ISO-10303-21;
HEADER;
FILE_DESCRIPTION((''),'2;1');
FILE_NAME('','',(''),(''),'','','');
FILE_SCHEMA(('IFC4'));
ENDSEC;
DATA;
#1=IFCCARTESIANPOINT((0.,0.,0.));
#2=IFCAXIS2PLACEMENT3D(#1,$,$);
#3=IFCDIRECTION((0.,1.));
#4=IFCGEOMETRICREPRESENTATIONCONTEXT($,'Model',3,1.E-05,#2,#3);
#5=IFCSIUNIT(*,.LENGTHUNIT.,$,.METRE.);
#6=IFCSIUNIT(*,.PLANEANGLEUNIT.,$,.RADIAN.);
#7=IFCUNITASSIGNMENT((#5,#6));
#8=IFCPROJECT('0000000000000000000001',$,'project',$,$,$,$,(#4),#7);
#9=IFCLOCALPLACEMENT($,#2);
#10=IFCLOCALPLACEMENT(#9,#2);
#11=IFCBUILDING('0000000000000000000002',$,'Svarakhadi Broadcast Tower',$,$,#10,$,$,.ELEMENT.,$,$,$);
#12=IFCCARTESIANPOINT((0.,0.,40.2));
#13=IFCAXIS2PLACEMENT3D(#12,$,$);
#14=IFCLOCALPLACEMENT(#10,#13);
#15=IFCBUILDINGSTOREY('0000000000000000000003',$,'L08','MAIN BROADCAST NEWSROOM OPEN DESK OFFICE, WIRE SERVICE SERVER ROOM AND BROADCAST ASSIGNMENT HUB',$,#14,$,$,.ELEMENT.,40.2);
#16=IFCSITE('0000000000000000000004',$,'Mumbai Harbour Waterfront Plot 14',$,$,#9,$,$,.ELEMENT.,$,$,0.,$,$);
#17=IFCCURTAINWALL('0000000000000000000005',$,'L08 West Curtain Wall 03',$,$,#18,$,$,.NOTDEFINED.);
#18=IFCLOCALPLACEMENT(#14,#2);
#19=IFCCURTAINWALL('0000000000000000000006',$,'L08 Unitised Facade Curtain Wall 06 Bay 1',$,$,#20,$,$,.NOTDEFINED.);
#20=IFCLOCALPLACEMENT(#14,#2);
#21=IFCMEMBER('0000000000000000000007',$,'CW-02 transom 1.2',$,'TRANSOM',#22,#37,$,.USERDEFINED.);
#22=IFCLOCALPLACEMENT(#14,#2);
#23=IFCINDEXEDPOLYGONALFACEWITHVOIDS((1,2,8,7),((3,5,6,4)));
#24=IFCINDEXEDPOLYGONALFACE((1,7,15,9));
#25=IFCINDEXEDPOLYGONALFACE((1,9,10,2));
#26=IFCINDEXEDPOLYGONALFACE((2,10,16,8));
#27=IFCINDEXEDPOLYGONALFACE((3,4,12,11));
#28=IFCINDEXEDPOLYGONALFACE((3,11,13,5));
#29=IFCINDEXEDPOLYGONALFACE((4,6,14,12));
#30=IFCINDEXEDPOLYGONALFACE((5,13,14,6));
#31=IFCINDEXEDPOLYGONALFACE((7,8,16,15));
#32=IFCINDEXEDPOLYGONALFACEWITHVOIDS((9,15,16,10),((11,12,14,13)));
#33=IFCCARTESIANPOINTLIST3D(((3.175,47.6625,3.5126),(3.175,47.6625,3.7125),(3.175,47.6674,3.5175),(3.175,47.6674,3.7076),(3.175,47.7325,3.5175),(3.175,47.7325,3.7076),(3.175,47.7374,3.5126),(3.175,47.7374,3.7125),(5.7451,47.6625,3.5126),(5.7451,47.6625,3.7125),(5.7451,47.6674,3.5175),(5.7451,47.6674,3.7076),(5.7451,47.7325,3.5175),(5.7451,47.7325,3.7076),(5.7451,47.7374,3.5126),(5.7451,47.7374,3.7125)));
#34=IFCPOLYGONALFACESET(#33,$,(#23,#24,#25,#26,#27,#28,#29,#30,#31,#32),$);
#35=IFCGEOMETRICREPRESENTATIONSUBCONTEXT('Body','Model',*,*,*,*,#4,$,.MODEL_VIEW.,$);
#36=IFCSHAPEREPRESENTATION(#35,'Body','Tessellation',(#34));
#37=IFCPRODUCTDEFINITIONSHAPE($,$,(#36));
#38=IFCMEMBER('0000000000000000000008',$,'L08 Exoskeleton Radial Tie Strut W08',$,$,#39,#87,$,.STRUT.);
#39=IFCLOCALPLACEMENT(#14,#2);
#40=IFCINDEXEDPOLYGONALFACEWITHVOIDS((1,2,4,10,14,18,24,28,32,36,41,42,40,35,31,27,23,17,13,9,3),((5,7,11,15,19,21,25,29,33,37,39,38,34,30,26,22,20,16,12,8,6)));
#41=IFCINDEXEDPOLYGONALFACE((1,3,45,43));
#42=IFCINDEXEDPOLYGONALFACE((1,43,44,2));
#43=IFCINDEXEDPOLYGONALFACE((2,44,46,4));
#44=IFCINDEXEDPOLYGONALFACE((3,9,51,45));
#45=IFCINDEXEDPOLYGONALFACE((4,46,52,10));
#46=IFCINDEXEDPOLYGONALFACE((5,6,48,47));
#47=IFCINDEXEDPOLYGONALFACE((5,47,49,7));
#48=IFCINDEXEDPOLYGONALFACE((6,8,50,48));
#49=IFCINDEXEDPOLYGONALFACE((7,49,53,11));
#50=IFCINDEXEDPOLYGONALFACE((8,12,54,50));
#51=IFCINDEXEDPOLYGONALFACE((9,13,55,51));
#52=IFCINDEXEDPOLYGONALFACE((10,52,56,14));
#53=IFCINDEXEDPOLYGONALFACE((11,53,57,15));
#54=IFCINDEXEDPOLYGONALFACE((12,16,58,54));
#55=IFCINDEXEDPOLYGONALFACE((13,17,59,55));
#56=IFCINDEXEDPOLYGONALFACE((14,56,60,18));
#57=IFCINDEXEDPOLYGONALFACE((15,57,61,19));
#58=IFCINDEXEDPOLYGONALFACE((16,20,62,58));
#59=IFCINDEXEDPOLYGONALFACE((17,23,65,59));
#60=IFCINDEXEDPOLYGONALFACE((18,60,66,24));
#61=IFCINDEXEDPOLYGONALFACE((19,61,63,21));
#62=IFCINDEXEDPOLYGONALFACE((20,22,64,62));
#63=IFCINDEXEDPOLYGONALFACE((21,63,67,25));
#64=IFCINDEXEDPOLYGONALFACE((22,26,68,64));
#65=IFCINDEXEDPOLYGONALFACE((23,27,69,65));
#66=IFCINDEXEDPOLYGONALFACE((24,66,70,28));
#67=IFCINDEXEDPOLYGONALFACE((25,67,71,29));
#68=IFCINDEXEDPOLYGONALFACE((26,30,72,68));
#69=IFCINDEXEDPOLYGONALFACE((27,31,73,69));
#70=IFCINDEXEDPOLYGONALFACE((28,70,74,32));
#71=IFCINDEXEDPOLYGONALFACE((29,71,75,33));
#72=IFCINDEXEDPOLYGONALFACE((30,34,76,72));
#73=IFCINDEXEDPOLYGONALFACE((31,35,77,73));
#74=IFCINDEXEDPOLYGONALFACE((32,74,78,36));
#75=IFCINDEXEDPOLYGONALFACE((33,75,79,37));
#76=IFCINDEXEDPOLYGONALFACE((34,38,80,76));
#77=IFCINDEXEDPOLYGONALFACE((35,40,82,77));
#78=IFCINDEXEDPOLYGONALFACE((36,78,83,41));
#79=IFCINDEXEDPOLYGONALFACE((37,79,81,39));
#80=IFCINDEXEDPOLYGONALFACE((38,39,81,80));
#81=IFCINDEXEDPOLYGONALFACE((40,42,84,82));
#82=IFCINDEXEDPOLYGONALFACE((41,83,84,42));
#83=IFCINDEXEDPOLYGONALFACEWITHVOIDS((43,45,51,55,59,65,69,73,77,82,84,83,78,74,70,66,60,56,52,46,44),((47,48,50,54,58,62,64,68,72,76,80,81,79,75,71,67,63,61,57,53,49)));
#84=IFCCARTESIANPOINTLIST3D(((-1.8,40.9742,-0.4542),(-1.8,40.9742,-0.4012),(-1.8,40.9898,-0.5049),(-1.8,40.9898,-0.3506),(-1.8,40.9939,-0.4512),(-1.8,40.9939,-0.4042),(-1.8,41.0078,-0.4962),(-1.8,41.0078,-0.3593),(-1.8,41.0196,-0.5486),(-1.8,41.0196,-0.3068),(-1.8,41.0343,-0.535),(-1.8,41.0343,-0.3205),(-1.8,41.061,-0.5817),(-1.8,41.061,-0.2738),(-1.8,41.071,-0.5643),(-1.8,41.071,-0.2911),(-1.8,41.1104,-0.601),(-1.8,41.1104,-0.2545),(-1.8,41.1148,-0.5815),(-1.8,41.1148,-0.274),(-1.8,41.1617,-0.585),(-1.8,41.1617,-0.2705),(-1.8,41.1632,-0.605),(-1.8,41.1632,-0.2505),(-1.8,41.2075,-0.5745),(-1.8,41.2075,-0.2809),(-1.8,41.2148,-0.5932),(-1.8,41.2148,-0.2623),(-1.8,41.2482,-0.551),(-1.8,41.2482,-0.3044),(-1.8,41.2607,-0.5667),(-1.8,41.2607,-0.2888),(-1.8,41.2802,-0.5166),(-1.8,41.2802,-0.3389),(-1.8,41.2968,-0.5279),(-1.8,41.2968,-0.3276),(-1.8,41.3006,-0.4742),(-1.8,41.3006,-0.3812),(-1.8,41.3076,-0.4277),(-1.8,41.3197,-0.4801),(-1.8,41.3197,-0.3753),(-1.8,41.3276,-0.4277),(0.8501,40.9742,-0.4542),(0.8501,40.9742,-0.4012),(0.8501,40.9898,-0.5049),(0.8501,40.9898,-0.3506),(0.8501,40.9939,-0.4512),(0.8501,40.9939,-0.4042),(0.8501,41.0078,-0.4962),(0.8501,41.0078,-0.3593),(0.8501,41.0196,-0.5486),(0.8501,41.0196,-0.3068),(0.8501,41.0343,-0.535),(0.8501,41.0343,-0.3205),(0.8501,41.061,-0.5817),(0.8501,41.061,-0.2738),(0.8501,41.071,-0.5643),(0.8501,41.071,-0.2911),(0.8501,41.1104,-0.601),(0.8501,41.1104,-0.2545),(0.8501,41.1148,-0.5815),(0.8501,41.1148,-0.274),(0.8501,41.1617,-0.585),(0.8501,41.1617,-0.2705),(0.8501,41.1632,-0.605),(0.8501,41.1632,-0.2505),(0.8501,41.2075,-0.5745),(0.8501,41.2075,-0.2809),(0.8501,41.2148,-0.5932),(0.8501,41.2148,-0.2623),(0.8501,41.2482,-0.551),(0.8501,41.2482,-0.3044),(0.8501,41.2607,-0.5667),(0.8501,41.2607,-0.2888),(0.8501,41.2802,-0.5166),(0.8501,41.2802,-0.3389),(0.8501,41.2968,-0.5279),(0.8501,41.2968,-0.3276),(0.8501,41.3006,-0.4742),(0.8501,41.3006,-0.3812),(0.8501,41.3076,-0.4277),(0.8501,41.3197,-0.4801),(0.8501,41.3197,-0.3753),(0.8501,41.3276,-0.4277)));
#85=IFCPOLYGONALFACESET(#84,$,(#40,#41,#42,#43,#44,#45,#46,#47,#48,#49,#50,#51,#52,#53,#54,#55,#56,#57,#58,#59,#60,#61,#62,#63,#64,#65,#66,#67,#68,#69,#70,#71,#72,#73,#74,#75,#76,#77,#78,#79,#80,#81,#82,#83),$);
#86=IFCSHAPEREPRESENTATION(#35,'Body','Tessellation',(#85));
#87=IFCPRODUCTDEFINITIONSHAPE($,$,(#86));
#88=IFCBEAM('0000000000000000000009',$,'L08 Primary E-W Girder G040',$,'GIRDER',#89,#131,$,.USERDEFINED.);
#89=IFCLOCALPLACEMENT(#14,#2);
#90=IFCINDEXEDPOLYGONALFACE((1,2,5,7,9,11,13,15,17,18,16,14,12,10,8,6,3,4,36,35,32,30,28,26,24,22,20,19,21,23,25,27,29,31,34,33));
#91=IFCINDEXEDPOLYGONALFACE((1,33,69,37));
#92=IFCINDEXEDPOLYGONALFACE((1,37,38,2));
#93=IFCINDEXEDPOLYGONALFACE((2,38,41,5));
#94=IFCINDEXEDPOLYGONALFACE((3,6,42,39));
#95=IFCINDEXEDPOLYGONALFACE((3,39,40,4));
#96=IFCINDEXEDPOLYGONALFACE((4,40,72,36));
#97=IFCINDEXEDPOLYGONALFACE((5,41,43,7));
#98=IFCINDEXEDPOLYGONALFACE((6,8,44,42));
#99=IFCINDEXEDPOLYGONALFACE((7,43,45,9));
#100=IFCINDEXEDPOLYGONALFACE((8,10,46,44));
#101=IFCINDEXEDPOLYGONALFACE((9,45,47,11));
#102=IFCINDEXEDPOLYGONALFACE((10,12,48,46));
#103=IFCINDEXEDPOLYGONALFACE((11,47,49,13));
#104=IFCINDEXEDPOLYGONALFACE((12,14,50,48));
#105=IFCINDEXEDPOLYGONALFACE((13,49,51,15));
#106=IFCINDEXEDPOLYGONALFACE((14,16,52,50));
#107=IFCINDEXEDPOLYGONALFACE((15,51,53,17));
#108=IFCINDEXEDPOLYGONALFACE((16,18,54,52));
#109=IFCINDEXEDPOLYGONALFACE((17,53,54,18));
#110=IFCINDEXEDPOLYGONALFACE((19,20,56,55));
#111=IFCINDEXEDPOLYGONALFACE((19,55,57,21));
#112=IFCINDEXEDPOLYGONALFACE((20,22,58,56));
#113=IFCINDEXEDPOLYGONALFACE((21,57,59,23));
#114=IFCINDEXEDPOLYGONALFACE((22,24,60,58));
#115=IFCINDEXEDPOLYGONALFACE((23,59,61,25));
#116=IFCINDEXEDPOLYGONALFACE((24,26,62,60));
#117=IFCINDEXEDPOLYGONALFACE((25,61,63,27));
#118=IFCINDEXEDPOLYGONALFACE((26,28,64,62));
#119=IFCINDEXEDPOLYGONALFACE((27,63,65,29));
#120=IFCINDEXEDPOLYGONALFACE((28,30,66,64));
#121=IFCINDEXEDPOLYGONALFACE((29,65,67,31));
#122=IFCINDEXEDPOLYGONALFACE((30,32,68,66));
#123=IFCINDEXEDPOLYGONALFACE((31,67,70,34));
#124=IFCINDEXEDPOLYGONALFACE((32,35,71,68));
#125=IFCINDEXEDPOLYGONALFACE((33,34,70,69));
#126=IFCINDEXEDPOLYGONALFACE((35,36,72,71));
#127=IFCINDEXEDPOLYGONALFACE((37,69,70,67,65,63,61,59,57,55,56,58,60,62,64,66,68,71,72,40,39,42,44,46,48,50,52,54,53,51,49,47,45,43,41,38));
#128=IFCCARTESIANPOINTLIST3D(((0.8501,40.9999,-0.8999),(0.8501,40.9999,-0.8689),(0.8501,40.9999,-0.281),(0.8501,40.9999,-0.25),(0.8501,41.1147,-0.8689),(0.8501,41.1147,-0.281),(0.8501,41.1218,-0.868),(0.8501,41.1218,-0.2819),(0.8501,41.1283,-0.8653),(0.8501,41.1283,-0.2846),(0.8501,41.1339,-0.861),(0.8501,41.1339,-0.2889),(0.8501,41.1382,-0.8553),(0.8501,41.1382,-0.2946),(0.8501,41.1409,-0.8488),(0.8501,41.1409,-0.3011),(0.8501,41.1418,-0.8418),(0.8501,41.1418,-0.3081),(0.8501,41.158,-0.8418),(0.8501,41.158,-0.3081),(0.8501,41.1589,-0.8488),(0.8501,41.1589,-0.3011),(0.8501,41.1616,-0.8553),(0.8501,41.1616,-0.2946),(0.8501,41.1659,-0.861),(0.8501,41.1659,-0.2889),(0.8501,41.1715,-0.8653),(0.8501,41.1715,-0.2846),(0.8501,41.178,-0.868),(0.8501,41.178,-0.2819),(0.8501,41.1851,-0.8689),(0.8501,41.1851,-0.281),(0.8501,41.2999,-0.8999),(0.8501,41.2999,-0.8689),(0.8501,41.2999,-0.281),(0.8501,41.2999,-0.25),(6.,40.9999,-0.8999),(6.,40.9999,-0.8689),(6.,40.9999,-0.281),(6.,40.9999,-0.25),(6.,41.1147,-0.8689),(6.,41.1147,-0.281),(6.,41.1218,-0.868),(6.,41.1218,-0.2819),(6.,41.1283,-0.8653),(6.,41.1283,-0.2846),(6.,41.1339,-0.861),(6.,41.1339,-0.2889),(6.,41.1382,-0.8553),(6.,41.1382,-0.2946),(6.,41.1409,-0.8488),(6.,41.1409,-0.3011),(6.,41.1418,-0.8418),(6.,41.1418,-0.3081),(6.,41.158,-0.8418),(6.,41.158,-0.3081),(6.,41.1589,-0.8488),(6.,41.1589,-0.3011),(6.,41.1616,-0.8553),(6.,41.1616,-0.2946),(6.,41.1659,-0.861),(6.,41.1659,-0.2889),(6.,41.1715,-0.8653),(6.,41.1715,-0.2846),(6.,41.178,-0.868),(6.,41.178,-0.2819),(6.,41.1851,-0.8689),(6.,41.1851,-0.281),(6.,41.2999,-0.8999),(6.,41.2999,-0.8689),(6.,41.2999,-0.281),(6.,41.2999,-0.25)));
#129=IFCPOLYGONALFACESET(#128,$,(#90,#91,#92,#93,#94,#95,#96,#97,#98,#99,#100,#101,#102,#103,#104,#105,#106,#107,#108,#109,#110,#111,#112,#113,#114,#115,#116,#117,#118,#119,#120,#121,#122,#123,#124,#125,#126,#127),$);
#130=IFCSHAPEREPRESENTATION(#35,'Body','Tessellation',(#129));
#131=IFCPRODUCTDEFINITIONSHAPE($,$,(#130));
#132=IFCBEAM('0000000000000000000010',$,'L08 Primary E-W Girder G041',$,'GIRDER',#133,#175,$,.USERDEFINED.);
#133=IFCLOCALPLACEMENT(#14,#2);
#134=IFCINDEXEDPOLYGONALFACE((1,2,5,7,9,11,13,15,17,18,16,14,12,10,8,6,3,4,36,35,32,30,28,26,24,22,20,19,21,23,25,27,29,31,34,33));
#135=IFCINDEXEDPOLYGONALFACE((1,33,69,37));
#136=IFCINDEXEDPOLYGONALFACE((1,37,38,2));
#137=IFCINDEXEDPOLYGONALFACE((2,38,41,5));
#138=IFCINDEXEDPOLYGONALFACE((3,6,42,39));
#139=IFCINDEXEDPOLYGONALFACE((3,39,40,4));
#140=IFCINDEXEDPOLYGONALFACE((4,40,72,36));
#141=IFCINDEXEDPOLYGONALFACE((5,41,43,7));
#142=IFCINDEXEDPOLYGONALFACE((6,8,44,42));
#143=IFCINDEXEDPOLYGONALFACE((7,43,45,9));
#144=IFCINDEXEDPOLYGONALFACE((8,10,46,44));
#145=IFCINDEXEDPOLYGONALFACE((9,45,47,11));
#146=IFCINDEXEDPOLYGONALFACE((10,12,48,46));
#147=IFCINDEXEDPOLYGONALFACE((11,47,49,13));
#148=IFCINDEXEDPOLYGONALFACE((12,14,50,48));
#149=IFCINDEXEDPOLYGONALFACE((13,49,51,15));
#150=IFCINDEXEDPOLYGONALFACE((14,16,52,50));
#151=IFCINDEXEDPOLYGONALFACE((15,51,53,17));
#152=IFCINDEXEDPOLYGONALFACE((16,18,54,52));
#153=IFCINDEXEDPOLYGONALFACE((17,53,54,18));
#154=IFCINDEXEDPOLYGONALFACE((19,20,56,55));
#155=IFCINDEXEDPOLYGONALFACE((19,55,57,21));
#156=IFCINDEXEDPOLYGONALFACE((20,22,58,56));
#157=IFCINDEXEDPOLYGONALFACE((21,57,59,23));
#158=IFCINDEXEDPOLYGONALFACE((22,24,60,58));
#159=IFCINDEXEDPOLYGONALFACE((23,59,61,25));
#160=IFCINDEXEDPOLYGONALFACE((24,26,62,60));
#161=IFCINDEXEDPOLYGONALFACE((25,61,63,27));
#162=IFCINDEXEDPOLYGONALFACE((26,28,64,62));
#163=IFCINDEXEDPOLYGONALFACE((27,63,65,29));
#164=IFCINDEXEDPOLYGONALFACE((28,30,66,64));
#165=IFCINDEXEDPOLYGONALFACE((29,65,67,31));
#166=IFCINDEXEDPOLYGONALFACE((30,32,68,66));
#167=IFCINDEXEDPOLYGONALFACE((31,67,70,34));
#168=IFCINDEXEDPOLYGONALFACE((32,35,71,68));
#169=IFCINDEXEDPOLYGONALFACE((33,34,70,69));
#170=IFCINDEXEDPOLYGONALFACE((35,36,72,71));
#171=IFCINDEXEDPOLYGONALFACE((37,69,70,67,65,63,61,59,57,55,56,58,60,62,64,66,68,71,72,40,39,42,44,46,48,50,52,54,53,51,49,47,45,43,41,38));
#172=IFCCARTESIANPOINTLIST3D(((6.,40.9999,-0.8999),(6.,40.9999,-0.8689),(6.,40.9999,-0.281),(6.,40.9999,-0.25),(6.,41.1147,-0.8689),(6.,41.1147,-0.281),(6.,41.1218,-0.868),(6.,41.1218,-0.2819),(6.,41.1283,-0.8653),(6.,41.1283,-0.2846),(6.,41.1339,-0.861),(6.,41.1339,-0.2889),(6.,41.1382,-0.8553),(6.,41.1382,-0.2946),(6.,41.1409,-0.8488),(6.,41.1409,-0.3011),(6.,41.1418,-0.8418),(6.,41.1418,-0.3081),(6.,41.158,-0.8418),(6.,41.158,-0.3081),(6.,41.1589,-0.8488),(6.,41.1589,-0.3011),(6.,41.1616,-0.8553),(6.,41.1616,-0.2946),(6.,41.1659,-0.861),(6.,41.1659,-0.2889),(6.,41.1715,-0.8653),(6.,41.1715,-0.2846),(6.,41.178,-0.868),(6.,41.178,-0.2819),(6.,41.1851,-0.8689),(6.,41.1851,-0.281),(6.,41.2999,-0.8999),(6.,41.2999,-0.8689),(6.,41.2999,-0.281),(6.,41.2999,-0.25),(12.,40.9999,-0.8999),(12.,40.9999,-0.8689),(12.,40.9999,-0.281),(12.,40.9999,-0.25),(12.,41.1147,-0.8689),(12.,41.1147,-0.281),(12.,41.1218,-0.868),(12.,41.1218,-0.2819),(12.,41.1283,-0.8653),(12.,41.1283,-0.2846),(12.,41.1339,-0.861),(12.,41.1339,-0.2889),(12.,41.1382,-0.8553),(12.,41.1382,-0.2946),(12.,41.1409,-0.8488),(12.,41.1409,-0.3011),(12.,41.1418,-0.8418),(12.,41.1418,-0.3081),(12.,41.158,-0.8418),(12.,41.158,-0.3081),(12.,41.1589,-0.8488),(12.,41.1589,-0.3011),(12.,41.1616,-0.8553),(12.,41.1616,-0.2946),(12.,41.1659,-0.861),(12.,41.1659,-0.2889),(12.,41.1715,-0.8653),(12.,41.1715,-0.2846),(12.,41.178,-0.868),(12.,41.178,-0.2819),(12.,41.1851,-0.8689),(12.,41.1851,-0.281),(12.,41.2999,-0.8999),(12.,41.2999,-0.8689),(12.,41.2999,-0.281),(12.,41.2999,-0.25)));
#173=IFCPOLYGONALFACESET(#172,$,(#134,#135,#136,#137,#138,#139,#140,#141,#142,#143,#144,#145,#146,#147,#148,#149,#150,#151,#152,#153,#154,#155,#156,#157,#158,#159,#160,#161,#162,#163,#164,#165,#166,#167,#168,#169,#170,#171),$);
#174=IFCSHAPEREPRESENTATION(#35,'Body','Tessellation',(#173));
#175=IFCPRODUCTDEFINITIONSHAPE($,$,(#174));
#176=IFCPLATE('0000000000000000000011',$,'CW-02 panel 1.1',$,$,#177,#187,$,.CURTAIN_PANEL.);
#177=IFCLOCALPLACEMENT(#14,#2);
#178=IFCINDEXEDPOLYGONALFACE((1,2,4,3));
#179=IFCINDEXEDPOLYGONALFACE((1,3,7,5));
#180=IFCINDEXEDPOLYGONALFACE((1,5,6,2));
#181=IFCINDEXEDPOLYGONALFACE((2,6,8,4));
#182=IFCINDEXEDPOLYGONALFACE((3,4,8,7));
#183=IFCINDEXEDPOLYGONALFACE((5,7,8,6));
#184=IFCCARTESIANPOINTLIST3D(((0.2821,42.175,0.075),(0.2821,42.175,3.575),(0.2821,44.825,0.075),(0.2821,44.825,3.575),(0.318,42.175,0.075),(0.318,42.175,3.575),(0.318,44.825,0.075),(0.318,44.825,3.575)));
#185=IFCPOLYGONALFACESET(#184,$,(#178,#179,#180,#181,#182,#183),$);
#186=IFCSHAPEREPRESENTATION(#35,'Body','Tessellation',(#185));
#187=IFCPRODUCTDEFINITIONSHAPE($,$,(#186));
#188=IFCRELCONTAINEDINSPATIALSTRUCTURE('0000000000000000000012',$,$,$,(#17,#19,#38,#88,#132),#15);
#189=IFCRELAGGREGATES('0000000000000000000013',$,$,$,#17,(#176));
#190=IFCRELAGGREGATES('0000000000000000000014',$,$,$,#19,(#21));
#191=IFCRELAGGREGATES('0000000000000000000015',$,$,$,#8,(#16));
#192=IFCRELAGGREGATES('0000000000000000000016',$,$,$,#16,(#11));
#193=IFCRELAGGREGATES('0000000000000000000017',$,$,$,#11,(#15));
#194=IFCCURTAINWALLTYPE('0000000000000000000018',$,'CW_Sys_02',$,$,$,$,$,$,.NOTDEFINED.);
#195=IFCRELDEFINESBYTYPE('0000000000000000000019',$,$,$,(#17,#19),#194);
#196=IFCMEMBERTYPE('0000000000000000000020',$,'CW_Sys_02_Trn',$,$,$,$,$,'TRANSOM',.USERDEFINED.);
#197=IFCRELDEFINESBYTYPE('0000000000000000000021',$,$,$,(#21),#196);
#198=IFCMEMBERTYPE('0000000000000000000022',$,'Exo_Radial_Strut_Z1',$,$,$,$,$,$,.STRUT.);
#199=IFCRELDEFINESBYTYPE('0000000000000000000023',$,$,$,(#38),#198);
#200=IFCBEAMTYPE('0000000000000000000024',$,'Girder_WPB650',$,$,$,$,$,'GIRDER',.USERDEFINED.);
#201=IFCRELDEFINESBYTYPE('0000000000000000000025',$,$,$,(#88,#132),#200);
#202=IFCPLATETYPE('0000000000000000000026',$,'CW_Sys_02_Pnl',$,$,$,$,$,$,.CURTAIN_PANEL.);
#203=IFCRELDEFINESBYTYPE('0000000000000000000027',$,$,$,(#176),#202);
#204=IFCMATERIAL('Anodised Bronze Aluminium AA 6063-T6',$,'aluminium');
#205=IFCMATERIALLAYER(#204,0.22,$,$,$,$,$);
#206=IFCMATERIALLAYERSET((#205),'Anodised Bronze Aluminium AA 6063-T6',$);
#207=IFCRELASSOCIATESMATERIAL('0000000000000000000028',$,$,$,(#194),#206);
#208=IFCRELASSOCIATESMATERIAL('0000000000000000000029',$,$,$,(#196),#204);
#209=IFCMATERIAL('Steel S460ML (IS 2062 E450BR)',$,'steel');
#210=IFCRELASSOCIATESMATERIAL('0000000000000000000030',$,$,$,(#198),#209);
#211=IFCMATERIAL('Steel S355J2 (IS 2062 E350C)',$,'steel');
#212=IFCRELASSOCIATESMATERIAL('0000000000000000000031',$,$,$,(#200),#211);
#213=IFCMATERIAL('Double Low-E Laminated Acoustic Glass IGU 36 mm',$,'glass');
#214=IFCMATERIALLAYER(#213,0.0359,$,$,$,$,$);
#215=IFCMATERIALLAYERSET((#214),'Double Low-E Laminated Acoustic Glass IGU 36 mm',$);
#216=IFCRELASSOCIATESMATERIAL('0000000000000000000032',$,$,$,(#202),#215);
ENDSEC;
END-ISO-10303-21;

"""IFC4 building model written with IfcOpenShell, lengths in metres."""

from ifc_helpers import new_model, si_unit, direction, frame, origin, origin_2d, place, context, subcontext, project, spatial, rectangle, hollow_rectangle, hollow_circle, i_section, extrude, material, layer, layer_set, material_profile, profile_set, type_object, element, aggregate, save


model = new_model("IFC4")

# Units and contexts
model_context = context("Model", 3, precision=1e-05, world=origin(), true_north=direction((0.0, 1.0)))
body_context = subcontext(model_context, "Body", "Model", "MODEL_VIEW")
ifc_project = project(units=[si_unit("LENGTHUNIT", "METRE"), si_unit("PLANEANGLEUNIT", "RADIAN")], contexts=[model_context])

# Site, building, storey
site_placement = place(None, origin())
site = spatial("IfcSite", under=ifc_project, at=site_placement, Name="Mumbai Harbour Waterfront Plot 14", CompositionType="ELEMENT", RefElevation=0.0)
building_placement = place(site_placement, origin())
building = spatial("IfcBuilding", under=site, at=building_placement, Name="Svarakhadi Broadcast Tower", CompositionType="ELEMENT")
storey_placement = place(building_placement, frame((0.0, 0.0, 40.2)))
storey = spatial("IfcBuildingStorey", under=building, at=storey_placement, Name="L08", Description="MAIN BROADCAST NEWSROOM OPEN DESK OFFICE, WIRE SERVICE SERVER ROOM AND BROADCAST ASSIGNMENT HUB", CompositionType="ELEMENT", Elevation=40.2)

# Shared definitions
ifc_material_1 = material(Name="Steel S460ML (IS 2062 E450BR)", Category="steel")

# Shared definitions
ifc_material_2 = material(Name="Steel S355J2 (IS 2062 E350C)", Category="steel")

# Curtain walls
ifc_material_3 = material(Name="Anodised Bronze Aluminium AA 6063-T6", Category="aluminium")
ifc_layer_1 = layer(ifc_material_3, 0.22)
ifc_layer_set_1 = layer_set([ifc_layer_1], Name="Anodised Bronze Aluminium AA 6063-T6")
curtain_wall_type = type_object("IfcCurtainWallType", Name="CW_Sys_02", PredefinedType="NOTDEFINED", material=ifc_layer_set_1)
curtain_wall_1_placement = place(storey_placement, origin())
curtain_wall_1 = element("IfcCurtainWall", 1, at=curtain_wall_1_placement, inside=storey, type_object=curtain_wall_type, Name="L08 West Curtain Wall 03", PredefinedType="NOTDEFINED")
curtain_wall_2_placement = place(storey_placement, origin())
curtain_wall_2 = element("IfcCurtainWall", 2, at=curtain_wall_2_placement, inside=storey, type_object=curtain_wall_type, Name="L08 Unitised Facade Curtain Wall 06 Bay 1", PredefinedType="NOTDEFINED")

# Members
ifc_material_profile_1 = material_profile(ifc_material_3, hollow_rectangle(XDim=0.075, YDim=0.2, WallThickness=0.0049, at=origin_2d()), Name="ALU TRANSOM 200x75x5")
ifc_profile_set_1 = profile_set([ifc_material_profile_1], Name="Anodised Bronze Aluminium AA 6063-T6")
member_type_1 = type_object("IfcMemberType", Name="CW_Sys_02_Trn", ElementType="TRANSOM", PredefinedType="USERDEFINED", material=ifc_profile_set_1)
member_1_placement = place(storey_placement, frame((3.175, 47.7, 3.6125), z_axis=(1.0, 0.0, 0.0), x_axis=(0.0, 1.0, 0.0)))
member_1 = element("IfcMember", 3, at=member_1_placement, type_object=member_type_1, Name="CW-02 transom 1.2", ObjectType="TRANSOM", PredefinedType="USERDEFINED", context=body_context, shape_type="SweptSolid", body=[
    extrude(hollow_rectangle(XDim=0.075, YDim=0.2, WallThickness=0.0049, at=origin_2d()), origin(), (0.0, 0.0, 1.0), 2.5701),
])
ifc_material_profile_2 = material_profile(ifc_material_1, hollow_circle(Radius=0.1777, WallThickness=0.02, at=origin_2d()), Name="CHS 355.6x20")
ifc_profile_set_2 = profile_set([ifc_material_profile_2], Name="Steel S460ML (IS 2062 E450BR)")
member_type_2 = type_object("IfcMemberType", Name="Exo_Radial_Strut_Z1", PredefinedType="STRUT", material=ifc_profile_set_2)
member_2_placement = place(storey_placement, frame((-1.8, 41.1499, -0.4277), z_axis=(1.0, 0.0, 0.0), x_axis=(0.0, 1.0, 0.0)))
element("IfcMember", 4, at=member_2_placement, inside=storey, type_object=member_type_2, Name="L08 Exoskeleton Radial Tie Strut W08", PredefinedType="STRUT", context=body_context, shape_type="SweptSolid", body=[
    extrude(hollow_circle(Radius=0.1777, WallThickness=0.02, at=origin_2d()), origin(), (0.0, 0.0, 1.0), 2.6501),
])

# Beams
ifc_material_profile_3 = material_profile(ifc_material_2, i_section(OverallWidth=0.3, OverallDepth=0.6499, WebThickness=0.0161, FlangeThickness=0.031, FilletRadius=0.0271, at=origin_2d()), Name="WPB 650x300x225")
ifc_profile_set_3 = profile_set([ifc_material_profile_3], Name="Steel S355J2 (IS 2062 E350C)")
beam_type_1 = type_object("IfcBeamType", Name="Girder_WPB650", ElementType="GIRDER", PredefinedType="USERDEFINED", material=ifc_profile_set_3)
beam_1_placement = place(storey_placement, frame((0.8501, 41.1499, -0.575), z_axis=(1.0, 0.0, 0.0), x_axis=(0.0, 1.0, 0.0)))
element("IfcBeam", 5, at=beam_1_placement, inside=storey, type_object=beam_type_1, Name="L08 Primary E-W Girder G040", ObjectType="GIRDER", PredefinedType="USERDEFINED", context=body_context, shape_type="SweptSolid", body=[
    extrude(i_section(OverallWidth=0.3, OverallDepth=0.6499, WebThickness=0.0161, FlangeThickness=0.031, FilletRadius=0.0271, at=origin_2d()), origin(), (0.0, 0.0, 1.0), 5.1499),
])
beam_2_placement = place(storey_placement, frame((6.0, 41.1499, -0.575), z_axis=(1.0, 0.0, 0.0), x_axis=(0.0, 1.0, 0.0)))
element("IfcBeam", 6, at=beam_2_placement, inside=storey, type_object=beam_type_1, Name="L08 Primary E-W Girder G041", ObjectType="GIRDER", PredefinedType="USERDEFINED", context=body_context, shape_type="SweptSolid", body=[
    extrude(i_section(OverallWidth=0.3, OverallDepth=0.6499, WebThickness=0.0161, FlangeThickness=0.031, FilletRadius=0.0271, at=origin_2d()), origin(), (0.0, 0.0, 1.0), 6.0),
])

# Plate
ifc_material_4 = material(Name="Double Low-E Laminated Acoustic Glass IGU 36 mm", Category="glass")
ifc_layer_2 = layer(ifc_material_4, 0.0359)
ifc_layer_set_2 = layer_set([ifc_layer_2], Name="Double Low-E Laminated Acoustic Glass IGU 36 mm")
plate_type_1 = type_object("IfcPlateType", Name="CW_Sys_02_Pnl", PredefinedType="CURTAIN_PANEL", material=ifc_layer_set_2)
plate_1_placement = place(storey_placement, frame((0.3, 43.5, 0.075), z_axis=(0.0, 0.0, 1.0), x_axis=(0.0, 1.0, 0.0)))
plate_1 = element("IfcPlate", 7, at=plate_1_placement, type_object=plate_type_1, Name="CW-02 panel 1.1", PredefinedType="CURTAIN_PANEL", context=body_context, shape_type="SweptSolid", body=[
    extrude(rectangle(XDim=2.6499, YDim=0.0359, at=origin_2d()), origin(), (0.0, 0.0, 1.0), 3.5),
])
aggregate(curtain_wall_1, [plate_1])
aggregate(curtain_wall_2, [member_1])

save(model, "model.ifc")
